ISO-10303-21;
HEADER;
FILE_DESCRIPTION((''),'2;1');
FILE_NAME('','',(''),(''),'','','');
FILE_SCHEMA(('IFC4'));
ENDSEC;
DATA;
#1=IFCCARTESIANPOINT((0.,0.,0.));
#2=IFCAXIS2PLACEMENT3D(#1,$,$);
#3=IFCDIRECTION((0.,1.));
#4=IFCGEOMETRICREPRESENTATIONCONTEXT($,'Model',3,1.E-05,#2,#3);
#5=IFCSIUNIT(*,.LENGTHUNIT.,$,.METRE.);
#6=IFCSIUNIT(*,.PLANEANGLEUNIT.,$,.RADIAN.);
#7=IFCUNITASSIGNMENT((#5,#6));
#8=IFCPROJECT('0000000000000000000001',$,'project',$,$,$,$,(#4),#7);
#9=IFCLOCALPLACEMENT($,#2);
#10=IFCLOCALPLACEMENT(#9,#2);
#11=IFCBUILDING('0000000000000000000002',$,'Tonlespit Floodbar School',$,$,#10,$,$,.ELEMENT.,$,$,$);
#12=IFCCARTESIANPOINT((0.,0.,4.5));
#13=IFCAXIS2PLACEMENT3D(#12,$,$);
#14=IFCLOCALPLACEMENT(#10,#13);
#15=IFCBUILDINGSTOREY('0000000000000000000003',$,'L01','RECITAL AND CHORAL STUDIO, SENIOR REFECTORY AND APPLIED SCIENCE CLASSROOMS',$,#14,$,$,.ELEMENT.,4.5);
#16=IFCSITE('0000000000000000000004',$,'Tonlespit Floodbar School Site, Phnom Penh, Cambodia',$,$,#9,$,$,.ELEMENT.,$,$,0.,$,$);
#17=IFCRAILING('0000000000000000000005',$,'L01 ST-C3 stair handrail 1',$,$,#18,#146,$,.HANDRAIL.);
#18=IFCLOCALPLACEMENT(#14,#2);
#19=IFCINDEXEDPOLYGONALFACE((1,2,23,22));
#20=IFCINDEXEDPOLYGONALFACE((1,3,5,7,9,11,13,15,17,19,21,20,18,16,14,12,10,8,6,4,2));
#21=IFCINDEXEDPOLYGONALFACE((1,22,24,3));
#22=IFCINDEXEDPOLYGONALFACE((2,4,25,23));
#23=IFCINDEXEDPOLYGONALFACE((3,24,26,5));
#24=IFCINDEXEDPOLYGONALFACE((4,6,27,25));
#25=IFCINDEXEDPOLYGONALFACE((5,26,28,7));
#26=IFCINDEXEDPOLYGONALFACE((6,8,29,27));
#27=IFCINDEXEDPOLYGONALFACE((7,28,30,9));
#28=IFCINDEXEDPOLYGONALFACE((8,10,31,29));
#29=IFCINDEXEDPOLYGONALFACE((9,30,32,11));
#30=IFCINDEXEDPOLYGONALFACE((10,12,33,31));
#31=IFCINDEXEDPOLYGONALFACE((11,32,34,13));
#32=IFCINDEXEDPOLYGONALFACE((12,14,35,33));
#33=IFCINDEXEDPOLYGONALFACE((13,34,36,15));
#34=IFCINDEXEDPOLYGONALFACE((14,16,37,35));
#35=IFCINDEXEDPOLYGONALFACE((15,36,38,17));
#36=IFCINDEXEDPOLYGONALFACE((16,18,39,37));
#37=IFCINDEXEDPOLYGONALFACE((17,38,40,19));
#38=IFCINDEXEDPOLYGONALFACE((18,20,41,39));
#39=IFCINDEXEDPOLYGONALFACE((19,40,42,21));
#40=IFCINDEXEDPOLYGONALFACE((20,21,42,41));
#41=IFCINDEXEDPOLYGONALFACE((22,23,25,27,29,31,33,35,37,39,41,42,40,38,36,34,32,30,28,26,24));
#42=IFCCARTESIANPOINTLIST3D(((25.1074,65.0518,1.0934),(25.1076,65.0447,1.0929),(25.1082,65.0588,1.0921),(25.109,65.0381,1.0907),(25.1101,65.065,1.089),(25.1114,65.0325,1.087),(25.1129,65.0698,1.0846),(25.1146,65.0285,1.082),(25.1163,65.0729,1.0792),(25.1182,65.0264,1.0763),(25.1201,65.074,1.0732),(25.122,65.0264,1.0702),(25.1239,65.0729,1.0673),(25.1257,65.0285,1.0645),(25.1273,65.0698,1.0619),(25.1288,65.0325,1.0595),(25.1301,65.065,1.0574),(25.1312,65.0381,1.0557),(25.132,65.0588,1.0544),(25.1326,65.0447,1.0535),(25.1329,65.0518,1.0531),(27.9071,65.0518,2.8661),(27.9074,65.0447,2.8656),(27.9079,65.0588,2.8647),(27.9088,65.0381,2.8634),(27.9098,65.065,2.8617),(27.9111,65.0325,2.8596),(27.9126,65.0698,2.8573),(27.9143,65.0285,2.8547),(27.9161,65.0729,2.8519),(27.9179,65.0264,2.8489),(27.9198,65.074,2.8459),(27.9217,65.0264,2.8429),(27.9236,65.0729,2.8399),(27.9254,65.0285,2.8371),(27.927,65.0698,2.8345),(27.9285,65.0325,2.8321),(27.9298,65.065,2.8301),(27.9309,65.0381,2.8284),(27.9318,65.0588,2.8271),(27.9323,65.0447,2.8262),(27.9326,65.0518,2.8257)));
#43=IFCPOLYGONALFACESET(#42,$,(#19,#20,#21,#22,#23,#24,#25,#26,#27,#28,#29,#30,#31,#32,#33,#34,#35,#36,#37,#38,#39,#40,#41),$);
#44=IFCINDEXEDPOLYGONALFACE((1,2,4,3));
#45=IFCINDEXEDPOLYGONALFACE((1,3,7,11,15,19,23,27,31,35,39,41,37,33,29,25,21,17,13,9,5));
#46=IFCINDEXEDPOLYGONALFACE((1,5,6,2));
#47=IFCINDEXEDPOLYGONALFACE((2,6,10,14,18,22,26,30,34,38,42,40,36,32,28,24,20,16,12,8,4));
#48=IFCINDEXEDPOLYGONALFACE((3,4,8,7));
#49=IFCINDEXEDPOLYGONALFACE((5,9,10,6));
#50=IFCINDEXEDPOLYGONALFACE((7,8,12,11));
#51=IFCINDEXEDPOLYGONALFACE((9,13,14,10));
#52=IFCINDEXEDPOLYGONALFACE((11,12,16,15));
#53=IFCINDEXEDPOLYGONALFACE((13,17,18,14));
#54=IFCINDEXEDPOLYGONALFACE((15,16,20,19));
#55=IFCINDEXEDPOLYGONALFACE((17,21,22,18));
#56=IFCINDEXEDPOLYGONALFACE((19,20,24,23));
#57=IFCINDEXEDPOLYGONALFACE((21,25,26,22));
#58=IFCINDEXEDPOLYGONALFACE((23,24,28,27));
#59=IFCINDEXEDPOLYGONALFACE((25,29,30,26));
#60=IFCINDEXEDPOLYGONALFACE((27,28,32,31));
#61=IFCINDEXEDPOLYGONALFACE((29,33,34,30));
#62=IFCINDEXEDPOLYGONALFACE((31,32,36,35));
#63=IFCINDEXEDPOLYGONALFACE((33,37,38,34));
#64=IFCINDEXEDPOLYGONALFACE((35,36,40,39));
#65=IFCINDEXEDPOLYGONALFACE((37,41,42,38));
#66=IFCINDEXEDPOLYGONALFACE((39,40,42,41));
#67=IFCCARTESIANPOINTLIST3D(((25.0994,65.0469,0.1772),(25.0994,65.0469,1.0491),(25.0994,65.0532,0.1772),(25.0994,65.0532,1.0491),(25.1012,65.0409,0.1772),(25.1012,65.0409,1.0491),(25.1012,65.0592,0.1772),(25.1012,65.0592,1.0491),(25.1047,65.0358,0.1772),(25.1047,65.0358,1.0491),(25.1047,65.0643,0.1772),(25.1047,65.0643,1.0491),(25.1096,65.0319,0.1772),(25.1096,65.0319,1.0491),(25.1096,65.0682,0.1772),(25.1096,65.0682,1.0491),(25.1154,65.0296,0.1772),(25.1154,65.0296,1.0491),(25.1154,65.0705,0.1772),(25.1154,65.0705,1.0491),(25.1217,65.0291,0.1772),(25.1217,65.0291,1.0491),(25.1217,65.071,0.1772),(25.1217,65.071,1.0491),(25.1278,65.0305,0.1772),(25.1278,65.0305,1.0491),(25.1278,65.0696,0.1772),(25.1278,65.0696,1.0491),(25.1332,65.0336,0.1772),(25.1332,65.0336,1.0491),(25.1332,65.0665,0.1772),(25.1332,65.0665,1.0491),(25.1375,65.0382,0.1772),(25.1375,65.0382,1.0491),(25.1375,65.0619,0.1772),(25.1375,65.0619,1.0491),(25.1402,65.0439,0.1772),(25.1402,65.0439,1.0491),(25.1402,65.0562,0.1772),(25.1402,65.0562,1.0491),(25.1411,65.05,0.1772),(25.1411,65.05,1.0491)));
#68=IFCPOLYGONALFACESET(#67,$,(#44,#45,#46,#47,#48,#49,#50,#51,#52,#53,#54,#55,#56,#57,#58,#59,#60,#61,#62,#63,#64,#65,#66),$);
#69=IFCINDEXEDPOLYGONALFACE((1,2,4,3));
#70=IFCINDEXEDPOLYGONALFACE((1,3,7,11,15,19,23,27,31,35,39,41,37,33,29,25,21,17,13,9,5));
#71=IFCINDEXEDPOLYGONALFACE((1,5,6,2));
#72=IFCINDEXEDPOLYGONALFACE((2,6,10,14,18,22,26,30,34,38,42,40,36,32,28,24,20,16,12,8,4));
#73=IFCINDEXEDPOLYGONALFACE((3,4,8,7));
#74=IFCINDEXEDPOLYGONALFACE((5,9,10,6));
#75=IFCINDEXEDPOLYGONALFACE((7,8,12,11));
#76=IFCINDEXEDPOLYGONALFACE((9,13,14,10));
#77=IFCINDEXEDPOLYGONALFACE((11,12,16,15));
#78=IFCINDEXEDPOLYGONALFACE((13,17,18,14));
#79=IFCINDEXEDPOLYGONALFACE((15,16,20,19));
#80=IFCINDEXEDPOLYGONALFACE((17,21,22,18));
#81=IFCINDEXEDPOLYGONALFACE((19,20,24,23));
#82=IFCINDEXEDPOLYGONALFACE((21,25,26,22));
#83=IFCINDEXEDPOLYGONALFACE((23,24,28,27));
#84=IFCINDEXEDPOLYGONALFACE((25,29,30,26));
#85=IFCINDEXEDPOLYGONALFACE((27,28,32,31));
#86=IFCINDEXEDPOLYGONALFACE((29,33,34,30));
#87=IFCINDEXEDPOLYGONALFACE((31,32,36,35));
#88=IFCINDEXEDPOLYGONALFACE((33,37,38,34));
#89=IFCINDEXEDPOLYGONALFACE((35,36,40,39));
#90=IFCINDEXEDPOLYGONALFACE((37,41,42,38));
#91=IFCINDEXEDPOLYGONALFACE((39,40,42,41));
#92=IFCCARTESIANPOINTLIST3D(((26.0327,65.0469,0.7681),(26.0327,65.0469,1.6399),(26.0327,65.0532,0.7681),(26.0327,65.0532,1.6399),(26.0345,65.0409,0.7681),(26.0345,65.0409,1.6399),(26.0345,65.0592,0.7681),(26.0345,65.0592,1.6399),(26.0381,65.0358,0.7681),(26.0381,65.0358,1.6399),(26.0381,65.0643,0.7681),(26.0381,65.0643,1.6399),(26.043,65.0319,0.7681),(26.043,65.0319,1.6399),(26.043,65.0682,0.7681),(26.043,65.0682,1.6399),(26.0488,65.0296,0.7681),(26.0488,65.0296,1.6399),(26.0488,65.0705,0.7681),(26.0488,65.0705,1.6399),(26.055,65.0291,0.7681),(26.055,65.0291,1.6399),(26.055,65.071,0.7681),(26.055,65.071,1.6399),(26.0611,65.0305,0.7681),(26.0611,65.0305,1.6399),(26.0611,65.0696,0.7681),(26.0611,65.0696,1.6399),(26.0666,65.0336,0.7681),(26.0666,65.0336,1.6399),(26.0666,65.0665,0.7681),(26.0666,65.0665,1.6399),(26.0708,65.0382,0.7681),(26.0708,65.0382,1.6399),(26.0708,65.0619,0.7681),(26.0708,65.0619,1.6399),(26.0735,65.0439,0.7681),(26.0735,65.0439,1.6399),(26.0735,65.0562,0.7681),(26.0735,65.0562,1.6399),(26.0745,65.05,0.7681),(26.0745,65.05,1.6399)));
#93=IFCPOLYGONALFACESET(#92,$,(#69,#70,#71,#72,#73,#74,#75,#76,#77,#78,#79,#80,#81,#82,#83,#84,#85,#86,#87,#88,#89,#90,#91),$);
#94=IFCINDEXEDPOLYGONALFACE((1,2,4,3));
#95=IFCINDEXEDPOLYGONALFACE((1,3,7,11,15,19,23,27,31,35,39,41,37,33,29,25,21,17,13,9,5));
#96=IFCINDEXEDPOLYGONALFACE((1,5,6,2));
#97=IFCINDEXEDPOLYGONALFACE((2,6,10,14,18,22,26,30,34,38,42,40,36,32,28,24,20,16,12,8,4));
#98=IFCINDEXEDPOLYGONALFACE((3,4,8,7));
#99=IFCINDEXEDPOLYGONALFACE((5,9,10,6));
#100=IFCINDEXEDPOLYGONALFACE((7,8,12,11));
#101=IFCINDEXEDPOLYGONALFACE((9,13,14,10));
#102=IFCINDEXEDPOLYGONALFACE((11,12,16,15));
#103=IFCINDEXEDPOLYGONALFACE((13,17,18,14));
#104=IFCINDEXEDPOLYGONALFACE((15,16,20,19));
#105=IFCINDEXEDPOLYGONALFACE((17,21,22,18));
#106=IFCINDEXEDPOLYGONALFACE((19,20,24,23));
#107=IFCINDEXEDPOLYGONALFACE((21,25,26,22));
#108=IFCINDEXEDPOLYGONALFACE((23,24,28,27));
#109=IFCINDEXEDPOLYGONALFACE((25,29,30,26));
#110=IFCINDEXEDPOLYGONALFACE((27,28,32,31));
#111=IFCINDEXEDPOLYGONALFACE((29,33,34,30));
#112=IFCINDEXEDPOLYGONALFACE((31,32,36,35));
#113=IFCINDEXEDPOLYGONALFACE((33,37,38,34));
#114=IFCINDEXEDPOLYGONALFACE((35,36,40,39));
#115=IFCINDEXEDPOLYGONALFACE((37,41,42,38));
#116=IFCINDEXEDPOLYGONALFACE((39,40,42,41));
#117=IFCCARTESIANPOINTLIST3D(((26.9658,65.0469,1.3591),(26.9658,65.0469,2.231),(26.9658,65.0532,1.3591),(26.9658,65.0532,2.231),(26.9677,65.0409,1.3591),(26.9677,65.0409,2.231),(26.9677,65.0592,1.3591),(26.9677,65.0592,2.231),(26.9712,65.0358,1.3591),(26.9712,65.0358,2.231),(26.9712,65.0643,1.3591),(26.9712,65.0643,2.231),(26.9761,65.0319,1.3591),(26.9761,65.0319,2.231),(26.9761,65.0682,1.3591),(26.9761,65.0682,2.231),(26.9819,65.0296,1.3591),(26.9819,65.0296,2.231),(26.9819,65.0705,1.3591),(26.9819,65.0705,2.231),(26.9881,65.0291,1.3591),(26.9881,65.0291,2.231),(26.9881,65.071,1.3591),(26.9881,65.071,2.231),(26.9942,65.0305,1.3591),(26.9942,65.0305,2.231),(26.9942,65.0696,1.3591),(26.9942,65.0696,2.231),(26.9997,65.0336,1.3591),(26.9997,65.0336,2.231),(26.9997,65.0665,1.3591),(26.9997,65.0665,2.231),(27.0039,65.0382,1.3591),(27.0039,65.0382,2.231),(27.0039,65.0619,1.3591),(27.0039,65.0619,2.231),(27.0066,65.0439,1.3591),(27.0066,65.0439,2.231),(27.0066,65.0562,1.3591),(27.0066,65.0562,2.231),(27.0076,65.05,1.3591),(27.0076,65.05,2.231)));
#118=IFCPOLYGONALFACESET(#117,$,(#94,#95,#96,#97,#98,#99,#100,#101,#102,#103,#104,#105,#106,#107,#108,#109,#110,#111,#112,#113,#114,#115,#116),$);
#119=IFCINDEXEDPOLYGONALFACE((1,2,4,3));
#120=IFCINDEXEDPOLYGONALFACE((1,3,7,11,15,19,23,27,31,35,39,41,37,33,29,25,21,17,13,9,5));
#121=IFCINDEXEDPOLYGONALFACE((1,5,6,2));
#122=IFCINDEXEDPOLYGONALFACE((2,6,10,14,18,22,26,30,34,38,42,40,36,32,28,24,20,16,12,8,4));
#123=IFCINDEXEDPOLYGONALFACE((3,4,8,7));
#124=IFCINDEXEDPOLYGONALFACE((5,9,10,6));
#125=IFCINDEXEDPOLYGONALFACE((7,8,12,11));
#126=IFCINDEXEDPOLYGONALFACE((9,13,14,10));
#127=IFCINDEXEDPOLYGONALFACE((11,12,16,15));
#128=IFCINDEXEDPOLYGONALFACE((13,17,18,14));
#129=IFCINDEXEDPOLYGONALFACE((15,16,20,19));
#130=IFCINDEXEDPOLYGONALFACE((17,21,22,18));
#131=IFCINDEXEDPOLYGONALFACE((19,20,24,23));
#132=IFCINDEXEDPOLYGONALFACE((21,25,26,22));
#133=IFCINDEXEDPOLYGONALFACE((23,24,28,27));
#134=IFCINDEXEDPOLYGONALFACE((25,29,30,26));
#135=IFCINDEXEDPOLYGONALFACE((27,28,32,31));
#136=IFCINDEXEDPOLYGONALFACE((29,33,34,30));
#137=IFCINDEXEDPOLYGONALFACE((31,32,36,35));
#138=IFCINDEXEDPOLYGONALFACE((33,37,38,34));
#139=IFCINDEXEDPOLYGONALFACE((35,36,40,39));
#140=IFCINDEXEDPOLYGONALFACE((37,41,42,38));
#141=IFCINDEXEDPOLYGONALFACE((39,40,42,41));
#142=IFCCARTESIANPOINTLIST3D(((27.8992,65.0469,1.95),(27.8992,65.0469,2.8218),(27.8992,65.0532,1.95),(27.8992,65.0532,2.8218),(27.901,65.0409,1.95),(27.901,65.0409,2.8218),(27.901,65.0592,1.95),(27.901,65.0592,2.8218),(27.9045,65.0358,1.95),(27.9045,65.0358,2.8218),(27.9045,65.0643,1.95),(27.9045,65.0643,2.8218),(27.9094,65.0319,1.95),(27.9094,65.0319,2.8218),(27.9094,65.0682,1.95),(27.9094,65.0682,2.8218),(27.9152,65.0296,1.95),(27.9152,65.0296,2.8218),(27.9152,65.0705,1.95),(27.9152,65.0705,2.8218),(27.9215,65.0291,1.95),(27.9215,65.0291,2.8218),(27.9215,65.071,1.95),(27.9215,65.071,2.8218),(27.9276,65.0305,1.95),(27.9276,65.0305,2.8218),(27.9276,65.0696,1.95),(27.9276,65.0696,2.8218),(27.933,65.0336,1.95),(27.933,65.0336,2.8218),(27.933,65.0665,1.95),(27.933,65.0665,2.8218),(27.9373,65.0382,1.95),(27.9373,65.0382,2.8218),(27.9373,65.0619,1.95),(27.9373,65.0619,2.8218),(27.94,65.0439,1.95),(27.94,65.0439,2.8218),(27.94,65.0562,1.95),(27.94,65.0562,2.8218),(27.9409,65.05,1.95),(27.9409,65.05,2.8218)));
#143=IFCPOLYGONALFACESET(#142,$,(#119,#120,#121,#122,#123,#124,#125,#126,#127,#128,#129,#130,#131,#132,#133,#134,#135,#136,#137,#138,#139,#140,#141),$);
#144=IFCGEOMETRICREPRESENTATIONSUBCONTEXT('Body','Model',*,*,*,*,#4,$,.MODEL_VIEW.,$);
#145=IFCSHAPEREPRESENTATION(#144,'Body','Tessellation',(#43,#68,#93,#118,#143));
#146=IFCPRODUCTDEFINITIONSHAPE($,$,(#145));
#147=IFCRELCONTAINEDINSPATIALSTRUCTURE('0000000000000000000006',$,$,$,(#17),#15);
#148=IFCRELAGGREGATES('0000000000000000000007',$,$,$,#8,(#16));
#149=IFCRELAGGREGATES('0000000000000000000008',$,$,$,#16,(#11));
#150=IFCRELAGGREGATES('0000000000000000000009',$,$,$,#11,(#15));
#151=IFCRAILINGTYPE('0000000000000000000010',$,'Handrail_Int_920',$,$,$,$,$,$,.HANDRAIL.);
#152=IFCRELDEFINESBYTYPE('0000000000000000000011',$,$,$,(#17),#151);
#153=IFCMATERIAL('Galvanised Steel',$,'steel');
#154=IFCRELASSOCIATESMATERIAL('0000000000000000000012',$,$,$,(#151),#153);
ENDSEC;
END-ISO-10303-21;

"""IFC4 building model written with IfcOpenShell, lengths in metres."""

from ifc_helpers import new_model, si_unit, direction, frame, origin, origin_2d, place, context, subcontext, project, spatial, circle, extrude, material, type_object, element, save


model = new_model("IFC4")

# Units and contexts
model_context = context("Model", 3, precision=1e-05, world=origin(), true_north=direction((0.0, 1.0)))
body_context = subcontext(model_context, "Body", "Model", "MODEL_VIEW")
ifc_project = project(units=[si_unit("LENGTHUNIT", "METRE"), si_unit("PLANEANGLEUNIT", "RADIAN")], contexts=[model_context])

# Site, building, storey
site_placement = place(None, origin())
site = spatial("IfcSite", under=ifc_project, at=site_placement, Name="Tonlespit Floodbar School Site, Phnom Penh, Cambodia", CompositionType="ELEMENT", RefElevation=0.0)
building_placement = place(site_placement, origin())
building = spatial("IfcBuilding", under=site, at=building_placement, Name="Tonlespit Floodbar School", CompositionType="ELEMENT")
storey_placement = place(building_placement, frame((0.0, 0.0, 4.5)))
storey = spatial("IfcBuildingStorey", under=building, at=storey_placement, Name="L01", Description="RECITAL AND CHORAL STUDIO, SENIOR REFECTORY AND APPLIED SCIENCE CLASSROOMS", CompositionType="ELEMENT", Elevation=4.5)

# Shared definitions
ifc_material_1 = material(Name="Galvanised Steel", Category="steel")

# Railing
railing_type_1 = type_object("IfcRailingType", Name="Handrail_Int_920", PredefinedType="HANDRAIL", material=ifc_material_1)
railing_1_placement = place(storey_placement, frame((25.1201, 65.05, 0.1772)))
element("IfcRailing", 1, at=railing_1_placement, inside=storey, type_object=railing_type_1, Name="L01 ST-C3 stair handrail 1", PredefinedType="HANDRAIL", context=body_context, shape_type="SweptSolid", body=[
    extrude(circle(Radius=0.0239, at=origin_2d()), frame((0.0, 0.0, 0.896), z_axis=(0.844888, 0.0, 0.534943), x_axis=(0.0, 1.0, 0.0)), (0.0, 0.0, 1.0), 3.3137),
    extrude(circle(Radius=0.021, at=origin_2d()), origin(), (0.0, 0.0, 1.0), 0.8718),
    extrude(circle(Radius=0.021, at=origin_2d()), frame((0.9333, 0.0, 0.5908)), (0.0, 0.0, 1.0), 0.8718),
    extrude(circle(Radius=0.021, at=origin_2d()), frame((1.8665, 0.0, 1.1819)), (0.0, 0.0, 1.0), 0.8718),
    extrude(circle(Radius=0.021, at=origin_2d()), frame((2.7998, 0.0, 1.7727)), (0.0, 0.0, 1.0), 0.8718),
])

save(model, "model.ifc")
